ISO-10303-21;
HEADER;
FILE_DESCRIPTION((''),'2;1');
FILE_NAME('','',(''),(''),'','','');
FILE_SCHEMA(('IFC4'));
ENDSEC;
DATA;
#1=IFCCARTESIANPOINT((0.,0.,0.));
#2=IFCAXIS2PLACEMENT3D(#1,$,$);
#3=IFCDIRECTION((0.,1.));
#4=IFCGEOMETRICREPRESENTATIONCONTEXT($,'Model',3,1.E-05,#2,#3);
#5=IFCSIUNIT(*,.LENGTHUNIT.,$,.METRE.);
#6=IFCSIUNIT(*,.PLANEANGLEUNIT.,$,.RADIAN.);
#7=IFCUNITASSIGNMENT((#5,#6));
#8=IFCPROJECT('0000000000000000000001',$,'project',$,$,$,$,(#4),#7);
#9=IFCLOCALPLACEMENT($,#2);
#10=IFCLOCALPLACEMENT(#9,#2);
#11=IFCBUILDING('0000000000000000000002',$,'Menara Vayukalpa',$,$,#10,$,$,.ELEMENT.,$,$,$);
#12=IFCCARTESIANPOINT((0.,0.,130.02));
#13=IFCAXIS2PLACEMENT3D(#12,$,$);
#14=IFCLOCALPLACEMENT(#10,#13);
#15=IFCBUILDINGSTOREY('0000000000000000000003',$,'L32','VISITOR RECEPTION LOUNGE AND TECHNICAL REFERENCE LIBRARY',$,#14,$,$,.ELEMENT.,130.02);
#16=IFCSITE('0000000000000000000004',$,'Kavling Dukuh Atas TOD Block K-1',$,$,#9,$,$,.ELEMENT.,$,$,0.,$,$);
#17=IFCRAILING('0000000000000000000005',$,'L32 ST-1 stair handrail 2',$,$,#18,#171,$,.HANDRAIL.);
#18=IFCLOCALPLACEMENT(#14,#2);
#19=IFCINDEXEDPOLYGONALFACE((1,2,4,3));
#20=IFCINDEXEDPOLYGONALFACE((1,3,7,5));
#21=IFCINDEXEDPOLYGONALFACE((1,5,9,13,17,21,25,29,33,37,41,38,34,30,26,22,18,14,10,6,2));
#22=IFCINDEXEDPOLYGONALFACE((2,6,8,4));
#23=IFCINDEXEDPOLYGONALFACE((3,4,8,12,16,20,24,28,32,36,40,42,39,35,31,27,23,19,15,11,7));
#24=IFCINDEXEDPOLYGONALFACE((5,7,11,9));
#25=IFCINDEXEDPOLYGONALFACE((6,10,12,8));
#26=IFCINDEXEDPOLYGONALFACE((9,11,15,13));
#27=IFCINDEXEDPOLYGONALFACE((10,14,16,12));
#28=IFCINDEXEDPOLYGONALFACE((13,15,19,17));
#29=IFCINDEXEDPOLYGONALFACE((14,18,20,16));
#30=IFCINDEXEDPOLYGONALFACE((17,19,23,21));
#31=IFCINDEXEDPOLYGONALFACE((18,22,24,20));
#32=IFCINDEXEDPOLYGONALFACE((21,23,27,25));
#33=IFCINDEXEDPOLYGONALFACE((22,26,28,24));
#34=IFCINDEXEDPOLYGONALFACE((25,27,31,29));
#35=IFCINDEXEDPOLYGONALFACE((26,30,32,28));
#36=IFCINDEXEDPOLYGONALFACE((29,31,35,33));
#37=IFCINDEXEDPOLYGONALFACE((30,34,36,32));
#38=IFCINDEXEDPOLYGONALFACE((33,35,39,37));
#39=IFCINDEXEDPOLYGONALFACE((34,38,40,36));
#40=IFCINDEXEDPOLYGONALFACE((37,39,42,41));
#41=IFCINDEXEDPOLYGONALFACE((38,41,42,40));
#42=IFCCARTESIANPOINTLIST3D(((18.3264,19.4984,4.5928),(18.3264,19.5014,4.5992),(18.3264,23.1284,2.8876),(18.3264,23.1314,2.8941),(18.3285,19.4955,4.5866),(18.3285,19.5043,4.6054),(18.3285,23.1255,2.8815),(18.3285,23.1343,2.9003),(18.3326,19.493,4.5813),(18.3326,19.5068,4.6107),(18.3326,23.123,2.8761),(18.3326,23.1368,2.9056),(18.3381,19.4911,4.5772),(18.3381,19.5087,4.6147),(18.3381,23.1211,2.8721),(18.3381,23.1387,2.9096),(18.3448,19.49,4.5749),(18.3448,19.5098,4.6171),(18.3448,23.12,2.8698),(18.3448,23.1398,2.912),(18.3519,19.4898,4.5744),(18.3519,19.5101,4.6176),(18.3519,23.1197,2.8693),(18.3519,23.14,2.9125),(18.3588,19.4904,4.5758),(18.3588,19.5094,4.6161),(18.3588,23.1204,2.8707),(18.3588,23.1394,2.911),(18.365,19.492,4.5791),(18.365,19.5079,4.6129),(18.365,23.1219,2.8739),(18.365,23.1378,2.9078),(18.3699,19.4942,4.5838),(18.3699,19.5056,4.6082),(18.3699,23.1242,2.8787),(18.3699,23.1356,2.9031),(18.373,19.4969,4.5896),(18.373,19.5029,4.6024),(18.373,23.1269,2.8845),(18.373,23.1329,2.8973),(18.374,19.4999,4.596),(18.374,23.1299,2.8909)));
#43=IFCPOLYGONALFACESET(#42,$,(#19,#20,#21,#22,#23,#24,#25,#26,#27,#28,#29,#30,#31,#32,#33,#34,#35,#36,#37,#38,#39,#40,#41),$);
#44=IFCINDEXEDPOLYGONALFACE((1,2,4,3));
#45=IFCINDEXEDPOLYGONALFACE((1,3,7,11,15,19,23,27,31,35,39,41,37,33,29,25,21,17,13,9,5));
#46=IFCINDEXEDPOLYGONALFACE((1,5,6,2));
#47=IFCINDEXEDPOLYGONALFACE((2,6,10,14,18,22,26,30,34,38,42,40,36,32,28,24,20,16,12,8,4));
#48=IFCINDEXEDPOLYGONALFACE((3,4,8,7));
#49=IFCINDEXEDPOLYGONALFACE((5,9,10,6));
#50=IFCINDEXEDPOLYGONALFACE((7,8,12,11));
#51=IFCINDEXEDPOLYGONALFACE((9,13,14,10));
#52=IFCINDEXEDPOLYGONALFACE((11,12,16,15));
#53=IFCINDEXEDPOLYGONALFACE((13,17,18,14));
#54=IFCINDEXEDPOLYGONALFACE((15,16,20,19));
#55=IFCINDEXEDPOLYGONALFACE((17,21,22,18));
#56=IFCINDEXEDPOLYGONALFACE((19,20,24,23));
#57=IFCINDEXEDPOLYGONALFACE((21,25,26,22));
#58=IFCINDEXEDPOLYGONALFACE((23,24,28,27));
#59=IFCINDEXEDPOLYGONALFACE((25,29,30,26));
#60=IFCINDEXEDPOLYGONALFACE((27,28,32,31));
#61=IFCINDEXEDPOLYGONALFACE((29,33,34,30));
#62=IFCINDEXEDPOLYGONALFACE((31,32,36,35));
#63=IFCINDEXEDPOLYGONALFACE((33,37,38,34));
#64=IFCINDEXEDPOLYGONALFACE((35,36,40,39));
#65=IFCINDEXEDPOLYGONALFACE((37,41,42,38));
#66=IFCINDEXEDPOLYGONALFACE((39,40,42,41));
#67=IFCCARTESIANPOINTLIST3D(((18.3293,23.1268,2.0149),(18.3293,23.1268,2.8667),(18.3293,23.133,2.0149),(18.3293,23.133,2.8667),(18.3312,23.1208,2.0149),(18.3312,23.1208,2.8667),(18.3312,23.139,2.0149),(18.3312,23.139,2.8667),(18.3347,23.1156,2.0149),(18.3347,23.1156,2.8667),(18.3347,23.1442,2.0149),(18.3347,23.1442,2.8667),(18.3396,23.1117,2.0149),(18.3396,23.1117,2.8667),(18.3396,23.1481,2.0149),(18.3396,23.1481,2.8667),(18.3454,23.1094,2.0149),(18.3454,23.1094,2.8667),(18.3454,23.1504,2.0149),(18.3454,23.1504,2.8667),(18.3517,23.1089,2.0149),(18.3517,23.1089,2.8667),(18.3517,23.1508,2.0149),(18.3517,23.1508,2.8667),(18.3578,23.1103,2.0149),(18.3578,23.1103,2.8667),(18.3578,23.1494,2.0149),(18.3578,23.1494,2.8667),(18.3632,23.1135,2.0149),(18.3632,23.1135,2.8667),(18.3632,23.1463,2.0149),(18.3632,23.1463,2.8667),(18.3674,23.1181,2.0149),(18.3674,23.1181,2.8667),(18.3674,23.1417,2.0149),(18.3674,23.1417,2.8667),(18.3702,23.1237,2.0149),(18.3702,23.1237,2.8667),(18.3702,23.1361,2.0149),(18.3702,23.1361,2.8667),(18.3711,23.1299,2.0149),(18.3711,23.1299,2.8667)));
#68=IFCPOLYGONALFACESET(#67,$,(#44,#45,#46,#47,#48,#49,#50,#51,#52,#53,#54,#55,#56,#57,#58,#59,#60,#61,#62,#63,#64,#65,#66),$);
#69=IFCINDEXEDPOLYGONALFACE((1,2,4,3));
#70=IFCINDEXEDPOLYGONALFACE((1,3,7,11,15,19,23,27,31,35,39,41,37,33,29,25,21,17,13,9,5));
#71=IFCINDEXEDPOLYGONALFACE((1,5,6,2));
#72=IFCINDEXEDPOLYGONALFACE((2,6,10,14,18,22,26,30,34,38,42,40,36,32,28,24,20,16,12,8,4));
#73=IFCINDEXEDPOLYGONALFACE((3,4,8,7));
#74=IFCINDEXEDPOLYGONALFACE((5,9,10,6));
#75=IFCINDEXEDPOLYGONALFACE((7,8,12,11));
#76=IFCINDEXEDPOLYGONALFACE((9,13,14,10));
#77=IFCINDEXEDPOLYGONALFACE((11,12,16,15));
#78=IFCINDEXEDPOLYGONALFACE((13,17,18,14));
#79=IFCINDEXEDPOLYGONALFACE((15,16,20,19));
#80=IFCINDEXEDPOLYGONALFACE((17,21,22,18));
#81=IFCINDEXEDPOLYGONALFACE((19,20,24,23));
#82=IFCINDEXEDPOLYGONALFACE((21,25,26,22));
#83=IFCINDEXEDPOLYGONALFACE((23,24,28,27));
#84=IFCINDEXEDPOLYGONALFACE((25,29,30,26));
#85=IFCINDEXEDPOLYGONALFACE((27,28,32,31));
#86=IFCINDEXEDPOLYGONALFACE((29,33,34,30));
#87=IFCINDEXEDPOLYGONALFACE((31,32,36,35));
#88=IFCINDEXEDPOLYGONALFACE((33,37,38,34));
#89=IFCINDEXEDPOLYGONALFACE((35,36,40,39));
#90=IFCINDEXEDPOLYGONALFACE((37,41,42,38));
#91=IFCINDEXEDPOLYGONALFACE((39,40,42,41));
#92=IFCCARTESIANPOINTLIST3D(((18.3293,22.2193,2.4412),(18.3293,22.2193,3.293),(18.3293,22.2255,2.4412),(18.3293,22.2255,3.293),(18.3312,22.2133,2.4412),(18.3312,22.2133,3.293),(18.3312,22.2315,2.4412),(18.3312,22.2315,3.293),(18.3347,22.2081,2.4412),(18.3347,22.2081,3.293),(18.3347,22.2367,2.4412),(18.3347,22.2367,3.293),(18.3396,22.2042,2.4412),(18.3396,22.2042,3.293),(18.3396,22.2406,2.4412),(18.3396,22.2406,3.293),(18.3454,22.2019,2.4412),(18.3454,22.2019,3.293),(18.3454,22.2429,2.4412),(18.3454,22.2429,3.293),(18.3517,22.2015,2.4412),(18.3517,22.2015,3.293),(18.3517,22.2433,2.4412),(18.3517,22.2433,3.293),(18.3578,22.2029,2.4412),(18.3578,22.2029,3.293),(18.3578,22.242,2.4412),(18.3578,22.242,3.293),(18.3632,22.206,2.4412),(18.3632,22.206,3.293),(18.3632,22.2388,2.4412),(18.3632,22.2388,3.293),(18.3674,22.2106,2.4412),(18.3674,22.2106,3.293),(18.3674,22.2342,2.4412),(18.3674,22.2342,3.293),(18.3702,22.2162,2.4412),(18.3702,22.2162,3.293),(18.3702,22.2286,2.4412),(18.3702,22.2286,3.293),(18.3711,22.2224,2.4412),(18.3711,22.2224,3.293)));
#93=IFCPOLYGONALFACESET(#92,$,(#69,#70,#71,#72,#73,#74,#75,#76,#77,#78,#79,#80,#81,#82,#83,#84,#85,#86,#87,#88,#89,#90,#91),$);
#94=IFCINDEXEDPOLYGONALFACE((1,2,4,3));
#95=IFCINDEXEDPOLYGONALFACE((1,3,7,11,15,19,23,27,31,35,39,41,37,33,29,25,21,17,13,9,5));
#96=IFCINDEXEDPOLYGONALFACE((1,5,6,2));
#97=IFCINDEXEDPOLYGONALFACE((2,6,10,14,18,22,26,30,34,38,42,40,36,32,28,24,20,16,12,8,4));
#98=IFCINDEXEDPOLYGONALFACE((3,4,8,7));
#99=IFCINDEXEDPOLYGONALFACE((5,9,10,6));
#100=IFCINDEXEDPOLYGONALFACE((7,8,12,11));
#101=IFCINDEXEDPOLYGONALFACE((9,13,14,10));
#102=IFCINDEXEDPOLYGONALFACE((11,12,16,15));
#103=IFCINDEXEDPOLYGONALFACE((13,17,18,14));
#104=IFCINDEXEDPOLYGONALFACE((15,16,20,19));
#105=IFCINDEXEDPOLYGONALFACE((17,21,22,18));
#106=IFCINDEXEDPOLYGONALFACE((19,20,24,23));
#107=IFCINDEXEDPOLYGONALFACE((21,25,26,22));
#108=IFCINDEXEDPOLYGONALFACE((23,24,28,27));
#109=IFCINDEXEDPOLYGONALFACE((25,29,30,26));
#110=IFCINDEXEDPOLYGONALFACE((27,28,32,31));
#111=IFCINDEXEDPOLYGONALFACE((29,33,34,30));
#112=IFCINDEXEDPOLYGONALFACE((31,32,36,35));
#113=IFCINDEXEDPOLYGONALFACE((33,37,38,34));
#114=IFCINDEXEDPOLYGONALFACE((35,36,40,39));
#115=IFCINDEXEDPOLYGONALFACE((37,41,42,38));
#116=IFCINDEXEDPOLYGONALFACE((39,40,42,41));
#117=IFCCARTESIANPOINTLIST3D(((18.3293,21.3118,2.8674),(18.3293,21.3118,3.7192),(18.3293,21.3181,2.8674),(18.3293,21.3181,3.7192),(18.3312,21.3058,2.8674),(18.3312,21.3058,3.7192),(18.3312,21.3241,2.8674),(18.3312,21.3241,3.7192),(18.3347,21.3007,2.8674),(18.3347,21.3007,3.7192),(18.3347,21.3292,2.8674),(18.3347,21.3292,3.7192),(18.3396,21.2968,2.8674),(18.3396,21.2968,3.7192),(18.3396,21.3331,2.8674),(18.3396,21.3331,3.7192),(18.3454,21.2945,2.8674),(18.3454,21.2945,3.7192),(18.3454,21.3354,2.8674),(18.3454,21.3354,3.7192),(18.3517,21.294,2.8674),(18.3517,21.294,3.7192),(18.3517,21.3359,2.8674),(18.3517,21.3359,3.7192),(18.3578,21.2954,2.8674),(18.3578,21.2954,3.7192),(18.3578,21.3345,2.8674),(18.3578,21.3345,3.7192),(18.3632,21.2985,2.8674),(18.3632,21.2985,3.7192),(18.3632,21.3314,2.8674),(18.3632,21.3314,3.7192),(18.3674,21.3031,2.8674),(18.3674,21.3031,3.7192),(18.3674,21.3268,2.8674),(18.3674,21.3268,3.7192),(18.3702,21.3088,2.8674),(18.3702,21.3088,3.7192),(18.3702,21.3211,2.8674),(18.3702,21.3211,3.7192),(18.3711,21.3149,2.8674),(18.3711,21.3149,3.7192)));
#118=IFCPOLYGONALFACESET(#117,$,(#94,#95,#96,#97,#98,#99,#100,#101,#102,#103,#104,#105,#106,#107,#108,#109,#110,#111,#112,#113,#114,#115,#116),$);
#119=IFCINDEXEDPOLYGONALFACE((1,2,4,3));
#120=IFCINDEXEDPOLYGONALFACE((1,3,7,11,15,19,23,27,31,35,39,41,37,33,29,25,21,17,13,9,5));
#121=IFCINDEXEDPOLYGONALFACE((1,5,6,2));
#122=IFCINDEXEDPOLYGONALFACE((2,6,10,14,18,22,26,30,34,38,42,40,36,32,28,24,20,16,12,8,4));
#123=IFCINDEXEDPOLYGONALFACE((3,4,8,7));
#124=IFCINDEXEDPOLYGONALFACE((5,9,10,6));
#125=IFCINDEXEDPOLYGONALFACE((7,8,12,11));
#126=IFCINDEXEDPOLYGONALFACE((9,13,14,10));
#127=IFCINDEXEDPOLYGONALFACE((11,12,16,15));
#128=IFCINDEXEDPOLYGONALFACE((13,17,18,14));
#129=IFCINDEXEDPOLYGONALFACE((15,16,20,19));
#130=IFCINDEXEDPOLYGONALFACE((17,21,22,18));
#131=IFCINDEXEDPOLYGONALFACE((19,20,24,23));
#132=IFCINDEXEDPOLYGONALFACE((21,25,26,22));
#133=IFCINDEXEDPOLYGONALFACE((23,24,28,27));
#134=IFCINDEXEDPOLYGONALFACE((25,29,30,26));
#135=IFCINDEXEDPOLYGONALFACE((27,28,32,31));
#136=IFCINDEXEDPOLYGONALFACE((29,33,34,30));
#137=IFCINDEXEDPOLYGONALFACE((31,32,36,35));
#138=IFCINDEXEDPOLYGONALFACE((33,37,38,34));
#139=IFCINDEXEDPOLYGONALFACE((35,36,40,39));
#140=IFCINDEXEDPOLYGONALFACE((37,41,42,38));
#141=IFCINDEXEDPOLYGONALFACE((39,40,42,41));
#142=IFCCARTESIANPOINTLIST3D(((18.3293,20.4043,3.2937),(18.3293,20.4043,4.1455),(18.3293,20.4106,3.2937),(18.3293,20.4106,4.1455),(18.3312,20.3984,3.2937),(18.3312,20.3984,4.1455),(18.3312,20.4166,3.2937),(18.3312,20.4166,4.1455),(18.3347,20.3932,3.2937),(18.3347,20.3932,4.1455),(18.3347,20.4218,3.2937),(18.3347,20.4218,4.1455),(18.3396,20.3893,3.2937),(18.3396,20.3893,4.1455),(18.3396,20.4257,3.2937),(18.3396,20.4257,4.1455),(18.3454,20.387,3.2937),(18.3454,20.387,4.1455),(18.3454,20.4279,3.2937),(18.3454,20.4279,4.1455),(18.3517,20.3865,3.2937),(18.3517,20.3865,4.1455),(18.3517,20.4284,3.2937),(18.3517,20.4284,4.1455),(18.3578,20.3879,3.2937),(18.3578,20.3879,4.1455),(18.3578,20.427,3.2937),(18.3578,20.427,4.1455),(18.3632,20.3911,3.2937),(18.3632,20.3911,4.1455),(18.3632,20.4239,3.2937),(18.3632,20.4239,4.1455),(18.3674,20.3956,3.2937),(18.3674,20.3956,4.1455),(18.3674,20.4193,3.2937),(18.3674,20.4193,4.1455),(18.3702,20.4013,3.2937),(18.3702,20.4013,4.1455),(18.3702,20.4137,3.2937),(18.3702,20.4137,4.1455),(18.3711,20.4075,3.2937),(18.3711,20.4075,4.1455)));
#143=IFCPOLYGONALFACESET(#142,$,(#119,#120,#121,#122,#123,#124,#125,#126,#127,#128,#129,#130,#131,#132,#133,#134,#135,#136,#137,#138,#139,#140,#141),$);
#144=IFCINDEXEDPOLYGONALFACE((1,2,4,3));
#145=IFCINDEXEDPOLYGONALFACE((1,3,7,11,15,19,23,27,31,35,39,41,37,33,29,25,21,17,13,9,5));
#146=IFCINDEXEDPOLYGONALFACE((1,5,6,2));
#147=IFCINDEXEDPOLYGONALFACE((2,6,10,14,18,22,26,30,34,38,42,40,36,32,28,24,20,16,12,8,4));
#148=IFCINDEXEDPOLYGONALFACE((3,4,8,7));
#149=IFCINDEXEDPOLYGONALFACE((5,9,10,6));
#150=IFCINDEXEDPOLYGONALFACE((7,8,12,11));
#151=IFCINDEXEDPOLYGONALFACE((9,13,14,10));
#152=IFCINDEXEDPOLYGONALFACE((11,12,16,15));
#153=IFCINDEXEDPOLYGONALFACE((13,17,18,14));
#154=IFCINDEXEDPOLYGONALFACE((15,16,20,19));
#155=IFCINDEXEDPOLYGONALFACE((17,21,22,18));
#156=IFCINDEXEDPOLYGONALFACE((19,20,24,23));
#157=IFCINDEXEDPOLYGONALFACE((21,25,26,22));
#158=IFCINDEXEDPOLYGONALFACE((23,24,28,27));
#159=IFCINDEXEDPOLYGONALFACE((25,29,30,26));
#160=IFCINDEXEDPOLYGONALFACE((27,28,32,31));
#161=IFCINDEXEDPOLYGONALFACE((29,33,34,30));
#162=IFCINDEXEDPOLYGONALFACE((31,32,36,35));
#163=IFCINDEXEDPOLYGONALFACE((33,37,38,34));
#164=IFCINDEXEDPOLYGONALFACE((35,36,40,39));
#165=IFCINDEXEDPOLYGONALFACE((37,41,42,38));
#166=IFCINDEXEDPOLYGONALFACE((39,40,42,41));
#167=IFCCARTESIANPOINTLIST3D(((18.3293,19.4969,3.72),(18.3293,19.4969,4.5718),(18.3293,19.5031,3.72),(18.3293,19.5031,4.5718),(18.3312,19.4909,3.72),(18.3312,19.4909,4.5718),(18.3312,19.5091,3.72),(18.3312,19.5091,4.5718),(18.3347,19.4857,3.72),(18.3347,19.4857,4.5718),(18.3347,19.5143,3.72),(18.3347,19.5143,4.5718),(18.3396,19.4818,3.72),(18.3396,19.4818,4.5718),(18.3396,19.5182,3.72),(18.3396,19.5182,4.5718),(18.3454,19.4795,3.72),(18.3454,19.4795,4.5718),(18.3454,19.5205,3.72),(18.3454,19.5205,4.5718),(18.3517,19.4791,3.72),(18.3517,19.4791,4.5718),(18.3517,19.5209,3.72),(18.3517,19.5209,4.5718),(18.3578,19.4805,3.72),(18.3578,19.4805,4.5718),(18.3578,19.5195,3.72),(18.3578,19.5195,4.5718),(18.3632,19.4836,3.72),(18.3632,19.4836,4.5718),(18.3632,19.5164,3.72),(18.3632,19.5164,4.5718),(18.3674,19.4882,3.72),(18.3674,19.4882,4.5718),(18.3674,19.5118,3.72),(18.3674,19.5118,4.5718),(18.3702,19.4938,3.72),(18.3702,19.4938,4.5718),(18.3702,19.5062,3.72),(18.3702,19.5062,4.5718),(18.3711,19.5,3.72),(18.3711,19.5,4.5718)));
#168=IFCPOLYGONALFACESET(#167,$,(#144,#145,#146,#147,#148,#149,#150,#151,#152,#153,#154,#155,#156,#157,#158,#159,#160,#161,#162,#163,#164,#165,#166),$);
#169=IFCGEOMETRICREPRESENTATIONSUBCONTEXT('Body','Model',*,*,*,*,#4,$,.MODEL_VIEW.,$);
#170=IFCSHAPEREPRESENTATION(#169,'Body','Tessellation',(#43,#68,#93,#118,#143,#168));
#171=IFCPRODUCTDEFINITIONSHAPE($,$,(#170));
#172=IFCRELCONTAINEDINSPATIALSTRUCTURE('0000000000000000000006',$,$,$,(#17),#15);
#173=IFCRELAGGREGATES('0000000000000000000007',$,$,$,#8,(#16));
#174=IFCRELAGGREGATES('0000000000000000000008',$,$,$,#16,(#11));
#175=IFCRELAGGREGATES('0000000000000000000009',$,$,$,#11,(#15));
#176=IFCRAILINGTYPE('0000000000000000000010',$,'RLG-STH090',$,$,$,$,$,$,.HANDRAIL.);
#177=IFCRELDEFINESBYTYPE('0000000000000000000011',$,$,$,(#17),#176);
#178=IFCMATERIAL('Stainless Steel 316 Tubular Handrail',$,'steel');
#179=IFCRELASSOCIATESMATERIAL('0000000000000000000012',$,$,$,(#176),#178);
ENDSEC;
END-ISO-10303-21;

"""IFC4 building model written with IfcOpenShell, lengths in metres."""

from ifc_helpers import new_model, si_unit, direction, frame, origin, origin_2d, place, context, subcontext, project, spatial, circle, extrude, material, type_object, element, save


model = new_model("IFC4")

# Units and contexts
model_context = context("Model", 3, precision=1e-05, world=origin(), true_north=direction((0.0, 1.0)))
body_context = subcontext(model_context, "Body", "Model", "MODEL_VIEW")
ifc_project = project(units=[si_unit("LENGTHUNIT", "METRE"), si_unit("PLANEANGLEUNIT", "RADIAN")], contexts=[model_context])

# Site, building, storey
site_placement = place(None, origin())
site = spatial("IfcSite", under=ifc_project, at=site_placement, Name="Kavling Dukuh Atas TOD Block K-1", CompositionType="ELEMENT", RefElevation=0.0)
building_placement = place(site_placement, origin())
building = spatial("IfcBuilding", under=site, at=building_placement, Name="Menara Vayukalpa", CompositionType="ELEMENT")
storey_placement = place(building_placement, frame((0.0, 0.0, 130.02)))
storey = spatial("IfcBuildingStorey", under=building, at=storey_placement, Name="L32", Description="VISITOR RECEPTION LOUNGE AND TECHNICAL REFERENCE LIBRARY", CompositionType="ELEMENT", Elevation=130.02)

# Railing
ifc_material_1 = material(Name="Stainless Steel 316 Tubular Handrail", Category="steel")
railing_type_1 = type_object("IfcRailingType", Name="RLG-STH090", PredefinedType="HANDRAIL", material=ifc_material_1)
railing_1_placement = place(storey_placement, frame((18.3501, 23.1299, 2.0149)))
element("IfcRailing", 1, at=railing_1_placement, inside=storey, type_object=railing_type_1, Name="L32 ST-1 stair handrail 2", PredefinedType="HANDRAIL", context=body_context, shape_type="SweptSolid", body=[
    extrude(circle(Radius=0.0239, at=origin_2d()), frame((0.0, 0.0, 0.876), z_axis=(0.0, -0.905116, 0.425164), x_axis=(1.0, 0.0, 0.0)), (0.0, 0.0, 1.0), 4.0105),
    extrude(circle(Radius=0.021, at=origin_2d()), origin(), (0.0, 0.0, 1.0), 0.8518),
    extrude(circle(Radius=0.021, at=origin_2d()), frame((0.0, -0.9075, 0.4263)), (0.0, 0.0, 1.0), 0.8518),
    extrude(circle(Radius=0.021, at=origin_2d()), frame((0.0, -1.8149, 0.8525)), (0.0, 0.0, 1.0), 0.8518),
    extrude(circle(Radius=0.021, at=origin_2d()), frame((0.0, -2.7224, 1.2788)), (0.0, 0.0, 1.0), 0.8518),
    extrude(circle(Radius=0.021, at=origin_2d()), frame((0.0, -3.6299, 1.7051)), (0.0, 0.0, 1.0), 0.8518),
])

save(model, "model.ifc")
